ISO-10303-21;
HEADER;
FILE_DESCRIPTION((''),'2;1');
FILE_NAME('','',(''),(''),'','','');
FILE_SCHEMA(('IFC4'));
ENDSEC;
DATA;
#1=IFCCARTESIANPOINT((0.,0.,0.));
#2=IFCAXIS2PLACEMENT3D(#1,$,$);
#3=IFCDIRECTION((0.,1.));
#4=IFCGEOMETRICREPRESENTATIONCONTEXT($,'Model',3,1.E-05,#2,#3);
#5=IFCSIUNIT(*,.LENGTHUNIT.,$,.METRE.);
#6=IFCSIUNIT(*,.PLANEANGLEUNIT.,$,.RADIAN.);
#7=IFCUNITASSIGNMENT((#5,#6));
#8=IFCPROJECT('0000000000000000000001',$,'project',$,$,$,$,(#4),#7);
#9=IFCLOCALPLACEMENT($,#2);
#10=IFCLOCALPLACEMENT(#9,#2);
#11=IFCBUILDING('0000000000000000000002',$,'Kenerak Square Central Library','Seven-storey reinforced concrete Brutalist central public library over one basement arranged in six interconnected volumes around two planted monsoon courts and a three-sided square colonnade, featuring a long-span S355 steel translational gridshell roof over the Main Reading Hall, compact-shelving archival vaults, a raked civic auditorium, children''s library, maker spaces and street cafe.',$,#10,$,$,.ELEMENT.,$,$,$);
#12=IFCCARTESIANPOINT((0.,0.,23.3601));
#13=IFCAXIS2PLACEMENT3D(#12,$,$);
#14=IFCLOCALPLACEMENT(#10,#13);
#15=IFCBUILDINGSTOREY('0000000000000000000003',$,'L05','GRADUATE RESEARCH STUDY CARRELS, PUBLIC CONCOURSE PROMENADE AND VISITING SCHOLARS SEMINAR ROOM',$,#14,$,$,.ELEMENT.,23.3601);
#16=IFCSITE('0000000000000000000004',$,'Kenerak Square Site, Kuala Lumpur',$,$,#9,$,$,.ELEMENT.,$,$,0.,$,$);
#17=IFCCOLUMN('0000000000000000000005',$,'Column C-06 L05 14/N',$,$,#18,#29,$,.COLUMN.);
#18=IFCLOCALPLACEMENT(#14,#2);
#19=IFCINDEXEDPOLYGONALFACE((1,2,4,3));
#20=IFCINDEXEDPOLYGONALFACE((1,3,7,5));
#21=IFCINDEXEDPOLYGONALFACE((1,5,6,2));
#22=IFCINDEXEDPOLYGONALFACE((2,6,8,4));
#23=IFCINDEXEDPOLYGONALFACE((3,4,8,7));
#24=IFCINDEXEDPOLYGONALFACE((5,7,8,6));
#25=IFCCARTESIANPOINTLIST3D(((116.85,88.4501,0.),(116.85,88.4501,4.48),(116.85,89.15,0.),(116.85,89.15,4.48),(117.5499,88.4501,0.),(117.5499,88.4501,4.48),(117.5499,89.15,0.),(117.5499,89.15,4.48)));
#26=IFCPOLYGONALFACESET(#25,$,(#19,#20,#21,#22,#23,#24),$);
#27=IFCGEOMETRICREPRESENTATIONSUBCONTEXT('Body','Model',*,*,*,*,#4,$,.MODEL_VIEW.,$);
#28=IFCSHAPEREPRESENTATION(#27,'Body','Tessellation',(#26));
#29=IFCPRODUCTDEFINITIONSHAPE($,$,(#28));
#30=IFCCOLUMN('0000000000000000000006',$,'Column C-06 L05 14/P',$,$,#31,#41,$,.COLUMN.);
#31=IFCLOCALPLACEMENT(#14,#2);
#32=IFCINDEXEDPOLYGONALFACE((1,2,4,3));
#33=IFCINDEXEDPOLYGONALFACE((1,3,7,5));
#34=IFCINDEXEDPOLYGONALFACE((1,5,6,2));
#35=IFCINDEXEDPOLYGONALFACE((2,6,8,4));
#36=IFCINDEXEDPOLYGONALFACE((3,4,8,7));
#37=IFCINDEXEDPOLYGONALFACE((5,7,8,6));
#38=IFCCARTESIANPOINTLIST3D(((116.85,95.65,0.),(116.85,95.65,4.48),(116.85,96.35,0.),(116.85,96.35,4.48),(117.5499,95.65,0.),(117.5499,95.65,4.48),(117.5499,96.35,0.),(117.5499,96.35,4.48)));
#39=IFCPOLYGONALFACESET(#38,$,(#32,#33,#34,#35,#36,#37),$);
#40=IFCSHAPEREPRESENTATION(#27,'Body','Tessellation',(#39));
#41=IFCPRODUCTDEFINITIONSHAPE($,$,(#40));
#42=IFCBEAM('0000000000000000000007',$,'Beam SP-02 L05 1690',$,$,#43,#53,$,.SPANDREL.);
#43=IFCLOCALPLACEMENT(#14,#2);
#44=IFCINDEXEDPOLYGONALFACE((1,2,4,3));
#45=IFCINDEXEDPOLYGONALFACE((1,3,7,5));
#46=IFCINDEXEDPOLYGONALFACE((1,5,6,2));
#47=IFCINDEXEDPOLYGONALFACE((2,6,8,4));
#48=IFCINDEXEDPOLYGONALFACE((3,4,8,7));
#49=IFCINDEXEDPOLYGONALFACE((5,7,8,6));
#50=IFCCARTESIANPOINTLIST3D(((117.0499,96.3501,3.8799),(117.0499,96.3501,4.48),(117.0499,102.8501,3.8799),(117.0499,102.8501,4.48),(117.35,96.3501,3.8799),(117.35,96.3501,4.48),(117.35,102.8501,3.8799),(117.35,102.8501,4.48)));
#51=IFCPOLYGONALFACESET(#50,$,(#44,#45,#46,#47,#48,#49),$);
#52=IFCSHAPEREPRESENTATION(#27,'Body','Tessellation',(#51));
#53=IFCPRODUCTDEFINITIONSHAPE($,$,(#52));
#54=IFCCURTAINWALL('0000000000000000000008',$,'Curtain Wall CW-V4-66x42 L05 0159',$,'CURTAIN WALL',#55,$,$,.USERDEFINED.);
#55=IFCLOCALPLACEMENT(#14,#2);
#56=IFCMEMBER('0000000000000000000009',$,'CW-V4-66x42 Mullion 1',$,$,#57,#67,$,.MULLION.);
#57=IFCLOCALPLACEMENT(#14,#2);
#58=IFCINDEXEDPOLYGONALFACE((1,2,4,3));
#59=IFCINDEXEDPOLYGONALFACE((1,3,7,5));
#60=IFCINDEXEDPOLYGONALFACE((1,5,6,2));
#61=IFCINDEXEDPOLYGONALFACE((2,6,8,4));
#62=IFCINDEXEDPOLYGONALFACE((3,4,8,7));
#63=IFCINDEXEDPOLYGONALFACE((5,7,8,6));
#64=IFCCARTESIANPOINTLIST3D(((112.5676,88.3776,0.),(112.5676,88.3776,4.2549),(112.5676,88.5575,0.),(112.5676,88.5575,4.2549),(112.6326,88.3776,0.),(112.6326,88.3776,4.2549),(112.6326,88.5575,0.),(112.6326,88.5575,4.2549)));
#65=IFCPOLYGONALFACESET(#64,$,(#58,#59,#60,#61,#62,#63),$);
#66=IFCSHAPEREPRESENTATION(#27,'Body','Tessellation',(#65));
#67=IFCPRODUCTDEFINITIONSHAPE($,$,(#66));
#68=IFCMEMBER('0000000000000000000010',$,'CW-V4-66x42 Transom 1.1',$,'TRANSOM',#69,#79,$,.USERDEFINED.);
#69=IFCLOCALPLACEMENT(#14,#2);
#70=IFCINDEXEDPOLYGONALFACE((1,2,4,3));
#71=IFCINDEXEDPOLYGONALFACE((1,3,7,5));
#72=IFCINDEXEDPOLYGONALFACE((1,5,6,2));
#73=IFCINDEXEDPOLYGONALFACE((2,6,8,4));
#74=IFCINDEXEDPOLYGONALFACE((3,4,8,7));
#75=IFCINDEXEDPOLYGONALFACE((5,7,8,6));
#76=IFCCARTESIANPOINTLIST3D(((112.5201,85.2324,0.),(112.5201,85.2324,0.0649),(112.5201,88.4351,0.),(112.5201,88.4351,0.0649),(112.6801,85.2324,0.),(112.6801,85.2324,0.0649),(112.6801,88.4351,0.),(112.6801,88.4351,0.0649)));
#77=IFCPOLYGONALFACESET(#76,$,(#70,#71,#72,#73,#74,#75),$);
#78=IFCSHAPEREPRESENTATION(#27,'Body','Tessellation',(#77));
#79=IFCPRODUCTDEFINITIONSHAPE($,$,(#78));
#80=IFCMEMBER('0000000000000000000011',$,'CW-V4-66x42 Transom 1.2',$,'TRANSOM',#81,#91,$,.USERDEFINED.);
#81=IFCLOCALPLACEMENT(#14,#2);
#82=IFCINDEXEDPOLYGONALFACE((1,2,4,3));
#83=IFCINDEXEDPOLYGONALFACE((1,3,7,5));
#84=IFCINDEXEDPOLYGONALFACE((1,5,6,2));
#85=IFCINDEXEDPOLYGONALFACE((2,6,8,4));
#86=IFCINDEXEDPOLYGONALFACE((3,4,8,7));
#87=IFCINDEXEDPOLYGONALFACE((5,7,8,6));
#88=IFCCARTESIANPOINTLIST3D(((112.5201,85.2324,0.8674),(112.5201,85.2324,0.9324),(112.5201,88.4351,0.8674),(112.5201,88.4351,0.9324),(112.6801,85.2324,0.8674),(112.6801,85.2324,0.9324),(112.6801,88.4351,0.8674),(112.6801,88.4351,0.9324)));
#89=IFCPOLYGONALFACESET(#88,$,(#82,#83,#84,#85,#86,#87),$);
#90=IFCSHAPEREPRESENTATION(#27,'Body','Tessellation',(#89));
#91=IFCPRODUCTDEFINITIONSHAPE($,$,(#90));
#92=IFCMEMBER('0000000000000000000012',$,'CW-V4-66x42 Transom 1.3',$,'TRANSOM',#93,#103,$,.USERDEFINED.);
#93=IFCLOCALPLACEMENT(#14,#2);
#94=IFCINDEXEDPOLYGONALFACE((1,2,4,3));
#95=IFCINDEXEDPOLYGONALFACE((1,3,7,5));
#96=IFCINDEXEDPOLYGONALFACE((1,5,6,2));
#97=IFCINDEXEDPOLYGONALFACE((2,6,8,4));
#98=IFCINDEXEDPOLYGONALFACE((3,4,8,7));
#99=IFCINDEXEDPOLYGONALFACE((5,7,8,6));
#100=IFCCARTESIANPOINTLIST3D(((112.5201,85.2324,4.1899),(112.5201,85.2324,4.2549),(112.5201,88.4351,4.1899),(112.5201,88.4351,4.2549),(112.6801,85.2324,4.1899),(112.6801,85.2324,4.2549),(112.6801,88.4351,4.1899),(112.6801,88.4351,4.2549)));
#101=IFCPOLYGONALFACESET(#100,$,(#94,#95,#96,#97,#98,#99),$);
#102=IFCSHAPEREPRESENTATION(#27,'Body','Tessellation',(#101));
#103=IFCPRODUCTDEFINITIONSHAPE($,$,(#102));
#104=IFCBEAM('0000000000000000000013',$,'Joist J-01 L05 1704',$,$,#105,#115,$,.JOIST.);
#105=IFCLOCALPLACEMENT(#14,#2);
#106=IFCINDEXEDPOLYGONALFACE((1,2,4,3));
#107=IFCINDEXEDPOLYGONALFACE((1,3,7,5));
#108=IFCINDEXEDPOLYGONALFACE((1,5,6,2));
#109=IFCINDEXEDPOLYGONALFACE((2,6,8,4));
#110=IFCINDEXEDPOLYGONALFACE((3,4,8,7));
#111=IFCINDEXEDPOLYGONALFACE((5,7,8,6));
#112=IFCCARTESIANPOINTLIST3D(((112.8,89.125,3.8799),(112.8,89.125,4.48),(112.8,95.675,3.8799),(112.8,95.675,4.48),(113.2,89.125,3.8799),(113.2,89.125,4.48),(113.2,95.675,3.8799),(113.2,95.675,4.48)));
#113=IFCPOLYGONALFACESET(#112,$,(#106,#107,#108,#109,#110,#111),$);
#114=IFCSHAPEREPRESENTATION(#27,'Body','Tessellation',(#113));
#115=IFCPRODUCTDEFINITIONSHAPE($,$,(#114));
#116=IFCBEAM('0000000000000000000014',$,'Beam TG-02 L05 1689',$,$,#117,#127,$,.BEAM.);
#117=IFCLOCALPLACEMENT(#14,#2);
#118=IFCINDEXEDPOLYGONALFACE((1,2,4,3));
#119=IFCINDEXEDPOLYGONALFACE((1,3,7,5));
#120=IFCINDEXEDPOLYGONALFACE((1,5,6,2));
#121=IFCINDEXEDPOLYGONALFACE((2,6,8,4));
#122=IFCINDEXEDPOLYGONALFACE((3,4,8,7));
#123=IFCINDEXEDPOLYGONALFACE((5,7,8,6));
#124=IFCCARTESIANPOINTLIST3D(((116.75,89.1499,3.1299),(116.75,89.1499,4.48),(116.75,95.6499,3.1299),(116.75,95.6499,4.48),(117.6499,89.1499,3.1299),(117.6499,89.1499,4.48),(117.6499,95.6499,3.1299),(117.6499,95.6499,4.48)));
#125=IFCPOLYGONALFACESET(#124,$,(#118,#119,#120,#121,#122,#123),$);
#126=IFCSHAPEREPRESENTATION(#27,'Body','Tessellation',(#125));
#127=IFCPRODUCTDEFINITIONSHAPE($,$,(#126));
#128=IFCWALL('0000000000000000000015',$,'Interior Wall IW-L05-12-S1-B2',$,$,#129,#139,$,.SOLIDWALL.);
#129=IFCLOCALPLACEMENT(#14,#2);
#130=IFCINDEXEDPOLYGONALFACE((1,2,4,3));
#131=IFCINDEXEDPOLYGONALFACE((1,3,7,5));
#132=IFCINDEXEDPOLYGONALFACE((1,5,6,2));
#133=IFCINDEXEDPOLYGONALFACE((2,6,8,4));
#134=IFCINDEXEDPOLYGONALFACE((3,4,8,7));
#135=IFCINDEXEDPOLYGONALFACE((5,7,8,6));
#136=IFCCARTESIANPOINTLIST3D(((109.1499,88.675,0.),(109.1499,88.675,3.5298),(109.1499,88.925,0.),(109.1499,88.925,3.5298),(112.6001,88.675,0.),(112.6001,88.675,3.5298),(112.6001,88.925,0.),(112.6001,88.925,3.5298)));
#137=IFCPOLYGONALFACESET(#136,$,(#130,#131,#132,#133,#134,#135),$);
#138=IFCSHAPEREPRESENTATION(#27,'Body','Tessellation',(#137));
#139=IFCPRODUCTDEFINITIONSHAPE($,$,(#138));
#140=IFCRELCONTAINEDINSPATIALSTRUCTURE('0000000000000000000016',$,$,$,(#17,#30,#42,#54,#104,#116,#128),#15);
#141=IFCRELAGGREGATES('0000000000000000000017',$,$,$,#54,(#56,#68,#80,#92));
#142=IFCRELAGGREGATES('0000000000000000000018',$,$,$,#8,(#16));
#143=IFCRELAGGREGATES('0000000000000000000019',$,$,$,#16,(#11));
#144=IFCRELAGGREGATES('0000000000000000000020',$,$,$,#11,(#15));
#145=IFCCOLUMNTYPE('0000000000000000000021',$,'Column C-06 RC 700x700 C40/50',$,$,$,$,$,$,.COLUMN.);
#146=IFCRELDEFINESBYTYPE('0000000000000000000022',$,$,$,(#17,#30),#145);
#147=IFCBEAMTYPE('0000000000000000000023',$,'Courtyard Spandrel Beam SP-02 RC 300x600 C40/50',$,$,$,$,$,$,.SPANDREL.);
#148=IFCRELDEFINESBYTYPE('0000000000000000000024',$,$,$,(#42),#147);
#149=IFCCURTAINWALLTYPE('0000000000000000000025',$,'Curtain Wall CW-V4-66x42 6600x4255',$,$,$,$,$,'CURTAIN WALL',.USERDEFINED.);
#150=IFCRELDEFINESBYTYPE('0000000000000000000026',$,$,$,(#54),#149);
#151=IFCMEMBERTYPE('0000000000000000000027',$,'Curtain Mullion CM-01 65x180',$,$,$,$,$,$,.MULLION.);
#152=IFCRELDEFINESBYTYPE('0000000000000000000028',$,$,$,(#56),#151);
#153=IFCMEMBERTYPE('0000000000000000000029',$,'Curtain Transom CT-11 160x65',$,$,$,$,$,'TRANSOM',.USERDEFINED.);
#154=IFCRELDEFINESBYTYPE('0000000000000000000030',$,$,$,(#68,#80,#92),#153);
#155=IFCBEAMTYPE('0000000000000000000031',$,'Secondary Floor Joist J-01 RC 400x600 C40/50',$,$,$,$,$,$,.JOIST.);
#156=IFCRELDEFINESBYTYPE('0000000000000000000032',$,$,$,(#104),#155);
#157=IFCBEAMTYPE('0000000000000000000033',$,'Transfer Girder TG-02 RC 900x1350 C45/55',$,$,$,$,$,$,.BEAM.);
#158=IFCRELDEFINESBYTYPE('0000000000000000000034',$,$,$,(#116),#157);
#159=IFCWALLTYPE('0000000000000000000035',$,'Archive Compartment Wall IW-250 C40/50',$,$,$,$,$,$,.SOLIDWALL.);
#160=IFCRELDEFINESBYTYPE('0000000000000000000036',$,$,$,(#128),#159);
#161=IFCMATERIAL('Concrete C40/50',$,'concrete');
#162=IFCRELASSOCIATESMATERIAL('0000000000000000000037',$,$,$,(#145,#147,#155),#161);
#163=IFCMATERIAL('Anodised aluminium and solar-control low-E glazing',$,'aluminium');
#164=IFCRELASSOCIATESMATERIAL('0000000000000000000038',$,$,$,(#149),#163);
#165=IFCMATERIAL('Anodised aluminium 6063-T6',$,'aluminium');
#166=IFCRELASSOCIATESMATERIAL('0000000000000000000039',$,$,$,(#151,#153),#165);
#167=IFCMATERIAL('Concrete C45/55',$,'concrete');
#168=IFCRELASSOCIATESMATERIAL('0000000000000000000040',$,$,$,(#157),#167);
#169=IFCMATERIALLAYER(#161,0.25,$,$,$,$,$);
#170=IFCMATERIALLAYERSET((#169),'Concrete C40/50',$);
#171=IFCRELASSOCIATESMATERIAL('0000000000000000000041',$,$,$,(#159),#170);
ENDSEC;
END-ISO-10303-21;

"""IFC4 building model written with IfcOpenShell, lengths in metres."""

from ifc_helpers import new_model, si_unit, direction, frame, frame_2d, origin, origin_2d, place, context, subcontext, project, spatial, rectangle, extrude, material, layer, layer_set, material_profile, profile_set, type_object, element, aggregate, save


model = new_model("IFC4")

# Units and contexts
model_context = context("Model", 3, precision=1e-05, world=origin(), true_north=direction((0.0, 1.0)))
body_context = subcontext(model_context, "Body", "Model", "MODEL_VIEW")
ifc_project = project(units=[si_unit("LENGTHUNIT", "METRE"), si_unit("PLANEANGLEUNIT", "RADIAN")], contexts=[model_context])

# Site, building, storey
site_placement = place(None, origin())
site = spatial("IfcSite", under=ifc_project, at=site_placement, Name="Kenerak Square Site, Kuala Lumpur", CompositionType="ELEMENT", RefElevation=0.0)
building_placement = place(site_placement, origin())
building = spatial("IfcBuilding", under=site, at=building_placement, Name="Kenerak Square Central Library", Description="Seven-storey reinforced concrete Brutalist central public library over one basement arranged in six interconnected volumes around two planted monsoon courts and a three-sided square colonnade, featuring a long-span S355 steel translational gridshell roof over the Main Reading Hall, compact-shelving archival vaults, a raked civic auditorium, children's library, maker spaces and street cafe.", CompositionType="ELEMENT")
storey_placement = place(building_placement, frame((0.0, 0.0, 23.3601)))
storey = spatial("IfcBuildingStorey", under=building, at=storey_placement, Name="L05", Description="GRADUATE RESEARCH STUDY CARRELS, PUBLIC CONCOURSE PROMENADE AND VISITING SCHOLARS SEMINAR ROOM", CompositionType="ELEMENT", Elevation=23.3601)

# Columns
ifc_material_1 = material(Name="Concrete C40/50", Category="concrete")
ifc_material_profile_1 = material_profile(ifc_material_1, rectangle(XDim=0.7, YDim=0.7, at=origin_2d()), Name="RC 700x700")
ifc_profile_set_1 = profile_set([ifc_material_profile_1], Name="Concrete C40/50")
column_type = type_object("IfcColumnType", Name="Column C-06 RC 700x700 C40/50", PredefinedType="COLUMN", material=ifc_profile_set_1)
for number, where, z_axis, x_axis, name in (
    (1, (117.2, 88.8, 0.0), (0.0, 0.0, 1.0), (1.0, 0.0, 0.0), "Column C-06 L05 14/N"),
    (2, (117.2, 96.0, 0.0), (0.0, 0.0, 1.0), (1.0, 0.0, 0.0), "Column C-06 L05 14/P"),
):
    element("IfcColumn", number, at=place(storey_placement, frame(where, z_axis=z_axis, x_axis=x_axis)), inside=storey, type_object=column_type, Name=name, PredefinedType="COLUMN", context=body_context, shape_type="SweptSolid", body=[
        extrude(rectangle(XDim=0.7, YDim=0.7, at=origin_2d()), origin(), (0.0, 0.0, 1.0), 4.48),
    ])

# Beam
ifc_material_profile_2 = material_profile(ifc_material_1, rectangle(XDim=0.3, YDim=0.6001, at=origin_2d()), Name="RC 300x600")
ifc_profile_set_2 = profile_set([ifc_material_profile_2], Name="Concrete C40/50")
beam_type_1 = type_object("IfcBeamType", Name="Courtyard Spandrel Beam SP-02 RC 300x600 C40/50", PredefinedType="SPANDREL", material=ifc_profile_set_2)
beam_1_placement = place(storey_placement, frame((117.2, 96.3501, 4.1799), z_axis=(0.0, 1.0, 0.0), x_axis=(-1.0, 0.0, 0.0)))
element("IfcBeam", 3, at=beam_1_placement, inside=storey, type_object=beam_type_1, Name="Beam SP-02 L05 1690", PredefinedType="SPANDREL", context=body_context, shape_type="SweptSolid", body=[
    extrude(rectangle(XDim=0.3, YDim=0.6001, at=origin_2d()), origin(), (0.0, 0.0, 1.0), 6.5),
])

# Curtain wall, members
ifc_material_2 = material(Name="Anodised aluminium and solar-control low-E glazing", Category="aluminium")
curtain_wall_type = type_object("IfcCurtainWallType", Name="Curtain Wall CW-V4-66x42 6600x4255", ElementType="CURTAIN WALL", PredefinedType="USERDEFINED", material=ifc_material_2)
curtain_wall_placement = place(storey_placement, origin())
curtain_wall = element("IfcCurtainWall", 4, at=curtain_wall_placement, inside=storey, type_object=curtain_wall_type, Name="Curtain Wall CW-V4-66x42 L05 0159", ObjectType="CURTAIN WALL", PredefinedType="USERDEFINED")
ifc_material_3 = material(Name="Anodised aluminium 6063-T6", Category="aluminium")
ifc_material_profile_3 = material_profile(ifc_material_3, rectangle(XDim=0.0649, YDim=0.1799, at=origin_2d()), Name="AL MULLION 65x180")
ifc_profile_set_3 = profile_set([ifc_material_profile_3], Name="Anodised aluminium 6063-T6")
member_type_1 = type_object("IfcMemberType", Name="Curtain Mullion CM-01 65x180", PredefinedType="MULLION", material=ifc_profile_set_3)
member_1_placement = place(storey_placement, frame((112.6001, 88.4675, 0.0), z_axis=(0.0, 0.0, 1.0), x_axis=(1.0, 0.0, 0.0)))
member_1 = element("IfcMember", 5, at=member_1_placement, type_object=member_type_1, Name="CW-V4-66x42 Mullion 1", PredefinedType="MULLION", context=body_context, shape_type="SweptSolid", body=[
    extrude(rectangle(XDim=0.0649, YDim=0.1799, at=origin_2d()), origin(), (0.0, 0.0, 1.0), 4.2549),
])
ifc_material_profile_4 = material_profile(ifc_material_3, rectangle(XDim=0.1599, YDim=0.0649, at=origin_2d()), Name="AL TRANSOM 160x65")
ifc_profile_set_4 = profile_set([ifc_material_profile_4], Name="Anodised aluminium 6063-T6")
member_type_2 = type_object("IfcMemberType", Name="Curtain Transom CT-11 160x65", ElementType="TRANSOM", PredefinedType="USERDEFINED", material=ifc_profile_set_4)
member_2_placement = place(storey_placement, frame((112.6001, 88.4351, 0.0325), z_axis=(0.0, -1.0, 0.0), x_axis=(1.0, 0.0, 0.0)))
member_2 = element("IfcMember", 6, at=member_2_placement, type_object=member_type_2, Name="CW-V4-66x42 Transom 1.1", ObjectType="TRANSOM", PredefinedType="USERDEFINED", context=body_context, shape_type="SweptSolid", body=[
    extrude(rectangle(XDim=0.1599, YDim=0.0649, at=origin_2d()), origin(), (0.0, 0.0, 1.0), 3.2026),
])
member_3_placement = place(storey_placement, frame((112.6001, 88.4351, 0.8999), z_axis=(0.0, -1.0, 0.0), x_axis=(1.0, 0.0, 0.0)))
member_3 = element("IfcMember", 7, at=member_3_placement, type_object=member_type_2, Name="CW-V4-66x42 Transom 1.2", ObjectType="TRANSOM", PredefinedType="USERDEFINED", context=body_context, shape_type="SweptSolid", body=[
    extrude(rectangle(XDim=0.1599, YDim=0.0649, at=origin_2d()), origin(), (0.0, 0.0, 1.0), 3.2026),
])
member_4_placement = place(storey_placement, frame((112.6001, 88.4351, 4.2224), z_axis=(0.0, -1.0, 0.0), x_axis=(1.0, 0.0, 0.0)))
member_4 = element("IfcMember", 8, at=member_4_placement, type_object=member_type_2, Name="CW-V4-66x42 Transom 1.3", ObjectType="TRANSOM", PredefinedType="USERDEFINED", context=body_context, shape_type="SweptSolid", body=[
    extrude(rectangle(XDim=0.1599, YDim=0.0649, at=origin_2d()), origin(), (0.0, 0.0, 1.0), 3.2026),
])
aggregate(curtain_wall, [member_1, member_2, member_3, member_4])

# Beams
ifc_material_profile_5 = material_profile(ifc_material_1, rectangle(XDim=0.3999, YDim=0.6001, at=origin_2d()), Name="RC 400x600")
ifc_profile_set_5 = profile_set([ifc_material_profile_5], Name="Concrete C40/50")
beam_type_2 = type_object("IfcBeamType", Name="Secondary Floor Joist J-01 RC 400x600 C40/50", PredefinedType="JOIST", material=ifc_profile_set_5)
beam_2_placement = place(storey_placement, frame((113.0, 89.125, 4.1799), z_axis=(0.0, 1.0, 0.0), x_axis=(-1.0, 0.0, 0.0)))
element("IfcBeam", 9, at=beam_2_placement, inside=storey, type_object=beam_type_2, Name="Joist J-01 L05 1704", PredefinedType="JOIST", context=body_context, shape_type="SweptSolid", body=[
    extrude(rectangle(XDim=0.3999, YDim=0.6001, at=origin_2d()), origin(), (0.0, 0.0, 1.0), 6.55),
])
ifc_material_4 = material(Name="Concrete C45/55", Category="concrete")
ifc_material_profile_6 = material_profile(ifc_material_4, rectangle(XDim=0.8999, YDim=1.3501, at=origin_2d()), Name="RC 900x1350")
ifc_profile_set_6 = profile_set([ifc_material_profile_6], Name="Concrete C45/55")
beam_type_3 = type_object("IfcBeamType", Name="Transfer Girder TG-02 RC 900x1350 C45/55", PredefinedType="BEAM", material=ifc_profile_set_6)
beam_3_placement = place(storey_placement, frame((117.2, 89.1499, 3.8049), z_axis=(0.0, 1.0, 0.0), x_axis=(-1.0, 0.0, 0.0)))
element("IfcBeam", 10, at=beam_3_placement, inside=storey, type_object=beam_type_3, Name="Beam TG-02 L05 1689", PredefinedType="BEAM", context=body_context, shape_type="SweptSolid", body=[
    extrude(rectangle(XDim=0.8999, YDim=1.3501, at=origin_2d()), origin(), (0.0, 0.0, 1.0), 6.5),
])

# Wall
ifc_layer_1 = layer(ifc_material_1, 0.25)
ifc_layer_set_1 = layer_set([ifc_layer_1], Name="Concrete C40/50")
wall_type_1 = type_object("IfcWallType", Name="Archive Compartment Wall IW-250 C40/50", PredefinedType="SOLIDWALL", material=ifc_layer_set_1)
wall_1_placement = place(storey_placement, frame((112.6001, 88.8, 0.0), z_axis=(0.0, 0.0, 1.0), x_axis=(-1.0, 0.0, 0.0)))
element("IfcWall", 11, at=wall_1_placement, inside=storey, type_object=wall_type_1, Name="Interior Wall IW-L05-12-S1-B2", PredefinedType="SOLIDWALL", context=body_context, shape_type="SweptSolid", body=[
    extrude(rectangle(XDim=3.4502, YDim=0.25, at=frame_2d((1.7251, 0.0))), origin(), (0.0, 0.0, 1.0), 3.5298),
])

save(model, "model.ifc")
